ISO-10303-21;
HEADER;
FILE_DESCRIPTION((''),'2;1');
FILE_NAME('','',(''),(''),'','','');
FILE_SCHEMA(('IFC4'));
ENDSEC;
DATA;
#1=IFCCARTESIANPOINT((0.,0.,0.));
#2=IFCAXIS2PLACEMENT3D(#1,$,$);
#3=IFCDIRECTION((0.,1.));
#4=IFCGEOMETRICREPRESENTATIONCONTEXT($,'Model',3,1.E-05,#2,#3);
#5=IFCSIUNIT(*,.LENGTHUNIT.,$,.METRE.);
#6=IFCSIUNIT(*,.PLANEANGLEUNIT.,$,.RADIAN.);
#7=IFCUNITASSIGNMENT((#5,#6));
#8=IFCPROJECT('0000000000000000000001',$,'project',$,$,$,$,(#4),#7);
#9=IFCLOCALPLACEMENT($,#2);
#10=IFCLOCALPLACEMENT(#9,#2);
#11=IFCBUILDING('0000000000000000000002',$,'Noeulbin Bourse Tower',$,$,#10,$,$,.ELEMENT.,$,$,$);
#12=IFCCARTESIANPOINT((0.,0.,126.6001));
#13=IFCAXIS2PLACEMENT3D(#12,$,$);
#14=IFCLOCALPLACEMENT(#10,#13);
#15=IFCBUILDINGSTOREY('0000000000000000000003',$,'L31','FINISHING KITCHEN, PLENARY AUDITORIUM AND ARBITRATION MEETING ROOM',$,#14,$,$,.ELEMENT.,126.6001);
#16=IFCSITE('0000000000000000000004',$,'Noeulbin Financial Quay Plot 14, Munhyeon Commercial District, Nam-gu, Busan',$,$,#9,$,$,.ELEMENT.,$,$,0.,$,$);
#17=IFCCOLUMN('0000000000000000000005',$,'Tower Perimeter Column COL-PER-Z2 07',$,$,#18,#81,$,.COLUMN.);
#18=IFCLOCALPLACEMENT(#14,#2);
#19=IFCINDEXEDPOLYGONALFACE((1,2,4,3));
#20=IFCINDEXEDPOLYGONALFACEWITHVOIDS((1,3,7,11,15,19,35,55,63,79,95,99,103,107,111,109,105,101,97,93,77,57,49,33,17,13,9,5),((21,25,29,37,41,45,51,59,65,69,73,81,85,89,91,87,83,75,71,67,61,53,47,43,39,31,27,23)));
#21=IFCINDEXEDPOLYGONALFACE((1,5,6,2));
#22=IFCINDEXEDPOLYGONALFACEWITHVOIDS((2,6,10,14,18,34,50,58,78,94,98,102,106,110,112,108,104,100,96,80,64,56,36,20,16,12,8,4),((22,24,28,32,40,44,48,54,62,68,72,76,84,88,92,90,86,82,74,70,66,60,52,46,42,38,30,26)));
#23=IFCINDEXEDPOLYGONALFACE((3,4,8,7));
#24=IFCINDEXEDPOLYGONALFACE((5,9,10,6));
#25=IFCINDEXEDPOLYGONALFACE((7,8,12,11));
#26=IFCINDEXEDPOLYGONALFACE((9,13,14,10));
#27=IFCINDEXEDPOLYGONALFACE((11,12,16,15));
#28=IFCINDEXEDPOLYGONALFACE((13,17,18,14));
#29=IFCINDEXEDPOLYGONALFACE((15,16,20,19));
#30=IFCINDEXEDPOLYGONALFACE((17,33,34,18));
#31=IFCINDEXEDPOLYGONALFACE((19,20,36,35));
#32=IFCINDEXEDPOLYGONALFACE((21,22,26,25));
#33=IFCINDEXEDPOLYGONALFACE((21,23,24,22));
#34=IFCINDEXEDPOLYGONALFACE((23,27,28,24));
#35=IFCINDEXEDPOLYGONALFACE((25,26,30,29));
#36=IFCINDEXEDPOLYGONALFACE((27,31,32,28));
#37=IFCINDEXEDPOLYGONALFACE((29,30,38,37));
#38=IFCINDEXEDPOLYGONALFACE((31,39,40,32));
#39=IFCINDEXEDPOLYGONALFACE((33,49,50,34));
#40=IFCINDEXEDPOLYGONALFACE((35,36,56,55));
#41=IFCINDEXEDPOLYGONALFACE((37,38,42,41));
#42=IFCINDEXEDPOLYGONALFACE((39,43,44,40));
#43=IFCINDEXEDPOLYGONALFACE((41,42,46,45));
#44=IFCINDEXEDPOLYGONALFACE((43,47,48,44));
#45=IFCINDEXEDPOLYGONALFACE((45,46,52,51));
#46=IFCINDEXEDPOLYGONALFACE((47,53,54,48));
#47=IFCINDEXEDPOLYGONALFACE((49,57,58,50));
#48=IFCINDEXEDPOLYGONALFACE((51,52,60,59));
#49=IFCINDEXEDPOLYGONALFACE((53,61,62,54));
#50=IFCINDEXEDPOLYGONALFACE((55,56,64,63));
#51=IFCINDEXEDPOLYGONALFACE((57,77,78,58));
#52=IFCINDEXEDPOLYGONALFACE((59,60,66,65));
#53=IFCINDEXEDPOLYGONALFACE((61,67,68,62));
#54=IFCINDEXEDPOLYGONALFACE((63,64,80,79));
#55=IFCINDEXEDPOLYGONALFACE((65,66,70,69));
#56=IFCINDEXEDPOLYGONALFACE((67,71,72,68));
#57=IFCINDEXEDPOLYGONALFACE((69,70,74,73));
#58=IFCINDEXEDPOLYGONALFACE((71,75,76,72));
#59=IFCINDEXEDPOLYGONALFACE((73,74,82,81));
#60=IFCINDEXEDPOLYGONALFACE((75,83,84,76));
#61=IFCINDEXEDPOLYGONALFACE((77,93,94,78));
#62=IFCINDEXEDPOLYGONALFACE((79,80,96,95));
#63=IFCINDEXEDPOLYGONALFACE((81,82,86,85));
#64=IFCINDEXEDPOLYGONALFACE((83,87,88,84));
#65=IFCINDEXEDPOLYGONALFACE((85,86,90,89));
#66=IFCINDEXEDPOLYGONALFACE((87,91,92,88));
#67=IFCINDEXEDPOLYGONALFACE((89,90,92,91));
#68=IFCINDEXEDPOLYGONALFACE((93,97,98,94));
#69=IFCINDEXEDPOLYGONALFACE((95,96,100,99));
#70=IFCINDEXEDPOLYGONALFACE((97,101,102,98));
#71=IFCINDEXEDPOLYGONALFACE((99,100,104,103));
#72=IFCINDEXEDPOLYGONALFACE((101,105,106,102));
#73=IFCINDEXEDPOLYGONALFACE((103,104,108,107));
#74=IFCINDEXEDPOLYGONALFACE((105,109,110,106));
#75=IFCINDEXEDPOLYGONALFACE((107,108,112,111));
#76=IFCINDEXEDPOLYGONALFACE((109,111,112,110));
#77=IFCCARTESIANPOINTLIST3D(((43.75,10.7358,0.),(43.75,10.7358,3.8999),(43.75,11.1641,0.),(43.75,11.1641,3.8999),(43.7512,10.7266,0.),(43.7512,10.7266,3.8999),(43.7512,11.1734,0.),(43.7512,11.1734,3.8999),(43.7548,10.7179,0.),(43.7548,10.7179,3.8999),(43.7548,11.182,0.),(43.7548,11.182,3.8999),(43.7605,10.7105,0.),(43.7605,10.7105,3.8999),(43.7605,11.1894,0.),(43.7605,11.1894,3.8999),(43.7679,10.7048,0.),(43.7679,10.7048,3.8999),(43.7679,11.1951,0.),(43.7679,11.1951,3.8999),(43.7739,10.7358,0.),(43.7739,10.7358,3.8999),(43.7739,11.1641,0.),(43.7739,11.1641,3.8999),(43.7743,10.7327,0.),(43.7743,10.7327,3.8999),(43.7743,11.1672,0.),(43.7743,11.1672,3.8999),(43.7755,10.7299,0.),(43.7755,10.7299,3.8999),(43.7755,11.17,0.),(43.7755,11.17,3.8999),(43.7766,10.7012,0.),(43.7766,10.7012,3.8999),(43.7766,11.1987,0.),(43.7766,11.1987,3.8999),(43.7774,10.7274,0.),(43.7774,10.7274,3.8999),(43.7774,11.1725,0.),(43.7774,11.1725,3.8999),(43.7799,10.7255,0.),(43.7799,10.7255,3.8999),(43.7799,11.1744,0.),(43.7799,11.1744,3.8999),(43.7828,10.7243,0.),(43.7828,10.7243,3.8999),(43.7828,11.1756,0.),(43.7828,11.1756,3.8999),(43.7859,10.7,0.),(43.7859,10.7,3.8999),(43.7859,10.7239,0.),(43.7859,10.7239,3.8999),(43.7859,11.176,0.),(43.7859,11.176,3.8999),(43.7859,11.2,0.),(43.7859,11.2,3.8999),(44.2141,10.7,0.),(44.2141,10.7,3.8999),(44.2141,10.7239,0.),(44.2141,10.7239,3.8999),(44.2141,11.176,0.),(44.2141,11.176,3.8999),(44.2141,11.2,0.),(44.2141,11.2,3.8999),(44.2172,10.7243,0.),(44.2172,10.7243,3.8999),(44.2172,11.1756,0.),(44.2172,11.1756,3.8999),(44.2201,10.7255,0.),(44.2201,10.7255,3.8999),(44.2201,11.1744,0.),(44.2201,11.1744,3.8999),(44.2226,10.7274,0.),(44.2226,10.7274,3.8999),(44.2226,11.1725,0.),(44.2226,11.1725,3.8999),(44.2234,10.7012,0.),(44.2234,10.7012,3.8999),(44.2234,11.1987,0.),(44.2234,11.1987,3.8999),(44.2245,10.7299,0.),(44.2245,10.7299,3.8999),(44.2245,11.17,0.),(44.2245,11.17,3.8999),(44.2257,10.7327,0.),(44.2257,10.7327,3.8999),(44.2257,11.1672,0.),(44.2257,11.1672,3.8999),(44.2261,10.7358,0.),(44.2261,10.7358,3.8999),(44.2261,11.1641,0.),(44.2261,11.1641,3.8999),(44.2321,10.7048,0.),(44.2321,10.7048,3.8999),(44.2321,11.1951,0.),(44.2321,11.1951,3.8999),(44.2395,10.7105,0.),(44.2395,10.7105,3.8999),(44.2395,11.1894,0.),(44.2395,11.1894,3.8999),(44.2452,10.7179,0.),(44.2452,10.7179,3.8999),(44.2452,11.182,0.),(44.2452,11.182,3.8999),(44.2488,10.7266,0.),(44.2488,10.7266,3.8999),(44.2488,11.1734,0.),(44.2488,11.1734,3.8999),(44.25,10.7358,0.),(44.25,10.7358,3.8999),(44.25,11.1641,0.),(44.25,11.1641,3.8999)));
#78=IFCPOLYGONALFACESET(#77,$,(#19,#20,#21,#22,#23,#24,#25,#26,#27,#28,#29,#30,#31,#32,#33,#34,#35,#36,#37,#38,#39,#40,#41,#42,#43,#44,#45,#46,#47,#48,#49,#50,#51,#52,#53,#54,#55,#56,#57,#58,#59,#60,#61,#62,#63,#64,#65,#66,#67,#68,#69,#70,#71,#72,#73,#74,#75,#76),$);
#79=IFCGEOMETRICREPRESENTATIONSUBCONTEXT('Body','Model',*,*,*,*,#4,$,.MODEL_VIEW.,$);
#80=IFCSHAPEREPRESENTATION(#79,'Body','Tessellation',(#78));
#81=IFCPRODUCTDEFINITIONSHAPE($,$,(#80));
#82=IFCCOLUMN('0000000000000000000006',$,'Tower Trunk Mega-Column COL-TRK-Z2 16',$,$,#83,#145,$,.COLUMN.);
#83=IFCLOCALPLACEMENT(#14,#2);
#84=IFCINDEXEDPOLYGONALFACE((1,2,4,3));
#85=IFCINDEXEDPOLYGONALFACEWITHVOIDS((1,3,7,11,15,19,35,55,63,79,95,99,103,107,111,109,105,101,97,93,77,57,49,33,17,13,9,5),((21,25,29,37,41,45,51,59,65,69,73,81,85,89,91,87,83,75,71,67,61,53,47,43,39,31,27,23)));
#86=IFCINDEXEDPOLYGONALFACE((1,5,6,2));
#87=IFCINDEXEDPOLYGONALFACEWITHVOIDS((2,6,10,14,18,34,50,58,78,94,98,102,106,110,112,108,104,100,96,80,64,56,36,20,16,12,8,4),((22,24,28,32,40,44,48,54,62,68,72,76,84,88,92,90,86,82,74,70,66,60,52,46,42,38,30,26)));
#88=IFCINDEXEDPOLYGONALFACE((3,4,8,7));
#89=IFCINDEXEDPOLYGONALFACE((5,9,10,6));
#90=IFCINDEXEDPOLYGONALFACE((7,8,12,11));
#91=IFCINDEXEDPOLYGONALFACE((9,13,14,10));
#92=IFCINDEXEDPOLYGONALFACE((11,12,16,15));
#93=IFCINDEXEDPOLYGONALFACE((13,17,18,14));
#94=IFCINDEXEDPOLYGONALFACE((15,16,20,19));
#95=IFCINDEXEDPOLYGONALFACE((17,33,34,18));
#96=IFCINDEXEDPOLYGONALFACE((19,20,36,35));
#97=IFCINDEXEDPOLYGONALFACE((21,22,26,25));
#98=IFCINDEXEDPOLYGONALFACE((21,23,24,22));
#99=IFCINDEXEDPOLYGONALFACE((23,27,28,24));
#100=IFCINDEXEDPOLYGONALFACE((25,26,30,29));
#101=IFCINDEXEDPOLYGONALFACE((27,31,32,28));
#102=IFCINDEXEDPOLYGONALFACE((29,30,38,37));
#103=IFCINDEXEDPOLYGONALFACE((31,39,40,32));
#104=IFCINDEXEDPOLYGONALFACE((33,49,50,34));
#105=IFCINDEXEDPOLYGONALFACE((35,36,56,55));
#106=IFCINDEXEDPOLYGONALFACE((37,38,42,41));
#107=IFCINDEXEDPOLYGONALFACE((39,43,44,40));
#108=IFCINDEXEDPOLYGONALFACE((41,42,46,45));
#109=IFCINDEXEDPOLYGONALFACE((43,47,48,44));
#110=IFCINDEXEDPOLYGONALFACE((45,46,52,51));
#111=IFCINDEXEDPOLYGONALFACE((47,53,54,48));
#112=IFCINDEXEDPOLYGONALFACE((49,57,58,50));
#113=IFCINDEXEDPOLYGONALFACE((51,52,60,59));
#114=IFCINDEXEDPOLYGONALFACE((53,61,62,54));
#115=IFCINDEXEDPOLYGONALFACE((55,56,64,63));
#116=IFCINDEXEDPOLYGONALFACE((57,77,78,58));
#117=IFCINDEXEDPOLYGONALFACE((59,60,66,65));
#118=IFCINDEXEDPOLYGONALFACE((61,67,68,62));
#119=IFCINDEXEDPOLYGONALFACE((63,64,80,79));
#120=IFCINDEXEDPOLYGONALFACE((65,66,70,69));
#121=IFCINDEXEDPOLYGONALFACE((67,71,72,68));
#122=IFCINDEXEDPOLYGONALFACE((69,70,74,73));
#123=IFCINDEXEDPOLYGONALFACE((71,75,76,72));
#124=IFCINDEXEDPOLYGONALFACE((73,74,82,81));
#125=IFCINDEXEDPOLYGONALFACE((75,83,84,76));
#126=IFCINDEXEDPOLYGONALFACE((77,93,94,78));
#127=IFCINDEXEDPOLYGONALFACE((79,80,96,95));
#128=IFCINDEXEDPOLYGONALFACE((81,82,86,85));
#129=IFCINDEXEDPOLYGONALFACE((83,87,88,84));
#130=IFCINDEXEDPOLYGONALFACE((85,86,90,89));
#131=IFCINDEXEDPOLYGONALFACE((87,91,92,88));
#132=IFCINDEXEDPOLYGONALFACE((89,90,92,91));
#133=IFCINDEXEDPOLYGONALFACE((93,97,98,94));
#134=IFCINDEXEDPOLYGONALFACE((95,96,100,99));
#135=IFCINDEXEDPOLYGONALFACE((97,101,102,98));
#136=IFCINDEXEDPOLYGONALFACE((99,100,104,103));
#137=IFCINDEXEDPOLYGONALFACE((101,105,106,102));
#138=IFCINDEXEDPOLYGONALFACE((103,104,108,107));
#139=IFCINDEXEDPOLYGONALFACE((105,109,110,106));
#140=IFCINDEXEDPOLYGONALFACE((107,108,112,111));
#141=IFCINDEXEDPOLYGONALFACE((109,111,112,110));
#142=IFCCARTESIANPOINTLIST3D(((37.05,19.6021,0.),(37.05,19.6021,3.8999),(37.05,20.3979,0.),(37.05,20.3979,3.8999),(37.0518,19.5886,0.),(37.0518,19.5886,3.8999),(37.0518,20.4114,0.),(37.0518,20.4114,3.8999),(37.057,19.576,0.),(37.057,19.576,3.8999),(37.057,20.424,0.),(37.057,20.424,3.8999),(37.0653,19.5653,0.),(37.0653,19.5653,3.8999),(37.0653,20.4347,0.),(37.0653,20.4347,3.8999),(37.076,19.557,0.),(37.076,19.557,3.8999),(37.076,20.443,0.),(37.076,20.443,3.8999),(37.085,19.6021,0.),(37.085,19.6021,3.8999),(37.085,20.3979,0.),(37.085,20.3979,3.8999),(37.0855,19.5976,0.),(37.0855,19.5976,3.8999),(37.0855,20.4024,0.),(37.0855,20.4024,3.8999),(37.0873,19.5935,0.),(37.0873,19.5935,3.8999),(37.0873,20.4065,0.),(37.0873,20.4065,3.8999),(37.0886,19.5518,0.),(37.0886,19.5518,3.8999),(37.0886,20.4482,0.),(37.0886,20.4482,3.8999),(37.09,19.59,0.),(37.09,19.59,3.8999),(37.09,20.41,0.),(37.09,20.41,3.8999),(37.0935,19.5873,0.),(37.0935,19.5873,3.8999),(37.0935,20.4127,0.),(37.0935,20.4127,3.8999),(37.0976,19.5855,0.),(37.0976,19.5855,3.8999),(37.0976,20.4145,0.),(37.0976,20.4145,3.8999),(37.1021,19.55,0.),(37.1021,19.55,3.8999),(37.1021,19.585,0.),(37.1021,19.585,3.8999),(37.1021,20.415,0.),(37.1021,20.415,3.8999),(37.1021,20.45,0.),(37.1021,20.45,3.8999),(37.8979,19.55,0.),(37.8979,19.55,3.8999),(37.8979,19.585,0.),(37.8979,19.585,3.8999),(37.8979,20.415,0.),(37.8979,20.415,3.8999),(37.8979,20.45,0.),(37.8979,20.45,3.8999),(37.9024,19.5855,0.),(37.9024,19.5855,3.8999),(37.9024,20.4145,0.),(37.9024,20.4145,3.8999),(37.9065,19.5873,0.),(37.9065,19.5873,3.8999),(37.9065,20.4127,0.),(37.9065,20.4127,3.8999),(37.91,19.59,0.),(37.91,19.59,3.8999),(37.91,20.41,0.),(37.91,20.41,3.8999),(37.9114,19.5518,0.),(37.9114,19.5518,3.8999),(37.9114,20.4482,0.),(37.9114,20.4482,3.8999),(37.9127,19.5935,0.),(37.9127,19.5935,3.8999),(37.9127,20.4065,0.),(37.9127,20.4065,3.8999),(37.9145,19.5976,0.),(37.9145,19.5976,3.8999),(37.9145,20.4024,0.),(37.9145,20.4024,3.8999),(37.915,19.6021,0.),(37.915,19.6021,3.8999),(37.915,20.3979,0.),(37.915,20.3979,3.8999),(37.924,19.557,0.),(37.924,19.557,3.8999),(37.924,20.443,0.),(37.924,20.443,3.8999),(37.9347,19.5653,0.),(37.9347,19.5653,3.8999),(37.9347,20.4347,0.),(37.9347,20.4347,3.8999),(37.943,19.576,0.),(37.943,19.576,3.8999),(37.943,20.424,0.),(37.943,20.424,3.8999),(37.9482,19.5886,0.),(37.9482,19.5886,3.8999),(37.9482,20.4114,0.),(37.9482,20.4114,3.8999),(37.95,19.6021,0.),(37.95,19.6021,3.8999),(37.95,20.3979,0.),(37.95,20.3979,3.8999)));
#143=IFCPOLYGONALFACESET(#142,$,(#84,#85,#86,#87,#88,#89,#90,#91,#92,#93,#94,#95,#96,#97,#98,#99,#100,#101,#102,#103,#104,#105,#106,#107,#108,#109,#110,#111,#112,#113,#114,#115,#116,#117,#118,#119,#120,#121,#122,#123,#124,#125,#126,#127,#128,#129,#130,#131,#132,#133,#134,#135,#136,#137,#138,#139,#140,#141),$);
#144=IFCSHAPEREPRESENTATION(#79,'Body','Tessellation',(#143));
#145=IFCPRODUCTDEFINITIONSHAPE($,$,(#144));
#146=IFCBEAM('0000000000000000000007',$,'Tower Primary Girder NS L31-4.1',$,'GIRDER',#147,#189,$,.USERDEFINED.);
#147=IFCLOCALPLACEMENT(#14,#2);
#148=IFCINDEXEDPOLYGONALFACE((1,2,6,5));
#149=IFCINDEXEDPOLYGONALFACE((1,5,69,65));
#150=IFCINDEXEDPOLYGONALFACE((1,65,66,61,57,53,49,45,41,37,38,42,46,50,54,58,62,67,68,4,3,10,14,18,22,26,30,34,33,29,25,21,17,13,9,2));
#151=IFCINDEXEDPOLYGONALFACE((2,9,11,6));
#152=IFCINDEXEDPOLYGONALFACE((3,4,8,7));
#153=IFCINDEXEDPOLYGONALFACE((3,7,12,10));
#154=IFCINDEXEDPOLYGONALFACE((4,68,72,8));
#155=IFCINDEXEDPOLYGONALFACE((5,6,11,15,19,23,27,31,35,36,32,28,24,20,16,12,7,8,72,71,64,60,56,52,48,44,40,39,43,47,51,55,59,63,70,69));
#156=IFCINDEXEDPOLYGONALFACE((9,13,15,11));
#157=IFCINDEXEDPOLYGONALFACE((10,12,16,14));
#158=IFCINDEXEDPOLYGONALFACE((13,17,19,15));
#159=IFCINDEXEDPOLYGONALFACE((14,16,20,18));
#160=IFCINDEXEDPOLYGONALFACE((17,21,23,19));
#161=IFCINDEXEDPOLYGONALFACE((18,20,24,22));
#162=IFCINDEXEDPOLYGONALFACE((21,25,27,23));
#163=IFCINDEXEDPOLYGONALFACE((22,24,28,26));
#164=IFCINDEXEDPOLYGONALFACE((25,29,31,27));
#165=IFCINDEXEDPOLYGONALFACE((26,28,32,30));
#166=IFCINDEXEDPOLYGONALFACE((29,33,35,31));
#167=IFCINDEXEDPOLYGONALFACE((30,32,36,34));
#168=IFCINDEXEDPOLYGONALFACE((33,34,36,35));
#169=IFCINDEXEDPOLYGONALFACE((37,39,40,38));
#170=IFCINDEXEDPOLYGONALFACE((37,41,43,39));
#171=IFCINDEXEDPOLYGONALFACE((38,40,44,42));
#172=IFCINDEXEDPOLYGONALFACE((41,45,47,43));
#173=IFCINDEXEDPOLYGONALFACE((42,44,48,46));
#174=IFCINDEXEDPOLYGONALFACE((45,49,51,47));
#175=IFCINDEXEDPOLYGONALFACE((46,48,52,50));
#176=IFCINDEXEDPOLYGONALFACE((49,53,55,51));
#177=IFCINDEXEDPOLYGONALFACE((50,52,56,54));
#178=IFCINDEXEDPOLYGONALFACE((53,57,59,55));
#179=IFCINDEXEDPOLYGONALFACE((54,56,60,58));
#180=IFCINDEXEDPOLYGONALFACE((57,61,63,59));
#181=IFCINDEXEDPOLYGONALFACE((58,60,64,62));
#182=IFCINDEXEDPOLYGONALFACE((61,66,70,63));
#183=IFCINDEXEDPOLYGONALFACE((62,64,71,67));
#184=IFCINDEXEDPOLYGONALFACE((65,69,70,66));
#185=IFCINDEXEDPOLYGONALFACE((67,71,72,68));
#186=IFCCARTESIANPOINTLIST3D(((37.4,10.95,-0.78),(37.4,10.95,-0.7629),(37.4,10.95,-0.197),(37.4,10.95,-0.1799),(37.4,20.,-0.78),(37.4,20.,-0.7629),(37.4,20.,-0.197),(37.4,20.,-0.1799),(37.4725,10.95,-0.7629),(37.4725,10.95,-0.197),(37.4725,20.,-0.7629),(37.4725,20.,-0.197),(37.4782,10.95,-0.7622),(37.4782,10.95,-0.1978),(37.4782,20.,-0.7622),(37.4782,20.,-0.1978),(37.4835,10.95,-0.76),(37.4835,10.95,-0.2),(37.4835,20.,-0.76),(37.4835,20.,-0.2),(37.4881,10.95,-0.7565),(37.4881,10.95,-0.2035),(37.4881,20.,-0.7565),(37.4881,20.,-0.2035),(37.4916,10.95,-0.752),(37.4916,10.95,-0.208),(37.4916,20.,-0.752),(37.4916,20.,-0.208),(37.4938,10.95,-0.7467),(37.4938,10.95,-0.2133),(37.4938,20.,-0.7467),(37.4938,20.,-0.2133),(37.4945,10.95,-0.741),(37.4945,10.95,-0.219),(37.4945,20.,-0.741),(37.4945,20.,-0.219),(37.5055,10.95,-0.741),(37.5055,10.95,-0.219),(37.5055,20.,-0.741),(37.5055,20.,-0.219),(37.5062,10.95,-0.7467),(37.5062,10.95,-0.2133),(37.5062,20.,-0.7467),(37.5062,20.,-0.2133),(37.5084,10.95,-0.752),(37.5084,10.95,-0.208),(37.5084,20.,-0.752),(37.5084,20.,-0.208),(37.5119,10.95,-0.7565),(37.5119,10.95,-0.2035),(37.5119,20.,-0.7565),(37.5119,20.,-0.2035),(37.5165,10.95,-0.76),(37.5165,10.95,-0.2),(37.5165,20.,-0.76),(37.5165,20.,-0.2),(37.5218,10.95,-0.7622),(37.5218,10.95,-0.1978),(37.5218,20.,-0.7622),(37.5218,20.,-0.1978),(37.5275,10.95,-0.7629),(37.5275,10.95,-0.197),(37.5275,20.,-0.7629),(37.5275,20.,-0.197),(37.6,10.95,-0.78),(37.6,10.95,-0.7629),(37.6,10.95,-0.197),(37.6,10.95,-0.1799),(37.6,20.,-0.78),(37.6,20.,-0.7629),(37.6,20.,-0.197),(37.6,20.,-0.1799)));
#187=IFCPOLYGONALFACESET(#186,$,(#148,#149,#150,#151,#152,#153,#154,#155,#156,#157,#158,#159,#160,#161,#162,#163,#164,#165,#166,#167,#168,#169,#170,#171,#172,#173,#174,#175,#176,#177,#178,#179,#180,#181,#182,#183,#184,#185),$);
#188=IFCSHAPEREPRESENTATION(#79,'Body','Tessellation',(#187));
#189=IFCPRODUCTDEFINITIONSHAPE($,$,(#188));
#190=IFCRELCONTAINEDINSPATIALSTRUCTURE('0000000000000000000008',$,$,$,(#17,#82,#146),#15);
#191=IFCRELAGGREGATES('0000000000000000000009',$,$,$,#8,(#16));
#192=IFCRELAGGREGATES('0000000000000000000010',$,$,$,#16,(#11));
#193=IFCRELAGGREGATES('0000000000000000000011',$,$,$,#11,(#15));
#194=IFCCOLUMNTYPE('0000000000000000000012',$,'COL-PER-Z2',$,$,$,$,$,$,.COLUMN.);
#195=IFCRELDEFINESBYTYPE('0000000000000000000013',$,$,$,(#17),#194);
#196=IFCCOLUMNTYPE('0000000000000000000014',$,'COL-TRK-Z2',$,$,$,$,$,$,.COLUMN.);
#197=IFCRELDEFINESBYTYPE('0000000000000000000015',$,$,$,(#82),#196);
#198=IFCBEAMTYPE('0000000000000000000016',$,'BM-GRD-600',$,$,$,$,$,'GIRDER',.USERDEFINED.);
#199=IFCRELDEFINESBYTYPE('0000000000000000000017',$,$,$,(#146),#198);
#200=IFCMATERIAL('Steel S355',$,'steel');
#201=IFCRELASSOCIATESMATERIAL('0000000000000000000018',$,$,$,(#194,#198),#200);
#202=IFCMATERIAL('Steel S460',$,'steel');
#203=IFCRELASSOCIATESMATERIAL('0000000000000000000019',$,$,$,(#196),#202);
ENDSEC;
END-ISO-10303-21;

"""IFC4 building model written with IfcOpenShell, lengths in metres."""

from ifc_helpers import new_model, si_unit, direction, frame, origin, origin_2d, place, context, subcontext, project, spatial, hollow_rectangle, i_section, extrude, material, material_profile, profile_set, type_object, element, save


model = new_model("IFC4")

# Units and contexts
model_context = context("Model", 3, precision=1e-05, world=origin(), true_north=direction((0.0, 1.0)))
body_context = subcontext(model_context, "Body", "Model", "MODEL_VIEW")
ifc_project = project(units=[si_unit("LENGTHUNIT", "METRE"), si_unit("PLANEANGLEUNIT", "RADIAN")], contexts=[model_context])

# Site, building, storey
site_placement = place(None, origin())
site = spatial("IfcSite", under=ifc_project, at=site_placement, Name="Noeulbin Financial Quay Plot 14, Munhyeon Commercial District, Nam-gu, Busan", CompositionType="ELEMENT", RefElevation=0.0)
building_placement = place(site_placement, origin())
building = spatial("IfcBuilding", under=site, at=building_placement, Name="Noeulbin Bourse Tower", CompositionType="ELEMENT")
storey_placement = place(building_placement, frame((0.0, 0.0, 126.6001)))
storey = spatial("IfcBuildingStorey", under=building, at=storey_placement, Name="L31", Description="FINISHING KITCHEN, PLENARY AUDITORIUM AND ARBITRATION MEETING ROOM", CompositionType="ELEMENT", Elevation=126.6001)

# Columns
ifc_material_1 = material(Name="Steel S355", Category="steel")
ifc_material_profile_1 = material_profile(ifc_material_1, hollow_rectangle(XDim=0.5, YDim=0.5, WallThickness=0.0239, InnerFilletRadius=0.012, OuterFilletRadius=0.0359, at=origin_2d()), Name="BOX-500x500x24", Category="LoadBearing")
ifc_profile_set_1 = profile_set([ifc_material_profile_1], Name="Steel S355")
column_type_1 = type_object("IfcColumnType", Name="COL-PER-Z2", PredefinedType="COLUMN", material=ifc_profile_set_1)
column_1_placement = place(storey_placement, frame((44.0, 10.95, 0.0), z_axis=(0.0, 0.0, 1.0), x_axis=(1.0, 0.0, 0.0)))
element("IfcColumn", 1, at=column_1_placement, inside=storey, type_object=column_type_1, Name="Tower Perimeter Column COL-PER-Z2 07", PredefinedType="COLUMN", context=body_context, shape_type="SweptSolid", body=[
    extrude(hollow_rectangle(XDim=0.5, YDim=0.5, WallThickness=0.0239, InnerFilletRadius=0.012, OuterFilletRadius=0.0359, at=origin_2d()), origin(), (0.0, 0.0, 1.0), 3.8999),
])
ifc_material_2 = material(Name="Steel S460", Category="steel")
ifc_material_profile_2 = material_profile(ifc_material_2, hollow_rectangle(XDim=0.8999, YDim=0.8999, WallThickness=0.0349, InnerFilletRadius=0.0171, OuterFilletRadius=0.052, at=origin_2d()), Name="BOX-900x900x35", Category="LoadBearing")
ifc_profile_set_2 = profile_set([ifc_material_profile_2], Name="Steel S460")
column_type_2 = type_object("IfcColumnType", Name="COL-TRK-Z2", PredefinedType="COLUMN", material=ifc_profile_set_2)
column_2_placement = place(storey_placement, frame((37.5, 20.0, 0.0), z_axis=(0.0, 0.0, 1.0), x_axis=(1.0, 0.0, 0.0)))
element("IfcColumn", 2, at=column_2_placement, inside=storey, type_object=column_type_2, Name="Tower Trunk Mega-Column COL-TRK-Z2 16", PredefinedType="COLUMN", context=body_context, shape_type="SweptSolid", body=[
    extrude(hollow_rectangle(XDim=0.8999, YDim=0.8999, WallThickness=0.0349, InnerFilletRadius=0.0171, OuterFilletRadius=0.052, at=origin_2d()), origin(), (0.0, 0.0, 1.0), 3.8999),
])

# Beam
ifc_material_profile_3 = material_profile(ifc_material_1, i_section(OverallWidth=0.2, OverallDepth=0.6001, WebThickness=0.011, FlangeThickness=0.0171, FilletRadius=0.022, at=origin_2d()), Name="H-600x200x11x17", Category="LoadBearing")
ifc_profile_set_3 = profile_set([ifc_material_profile_3], Name="Steel S355")
beam_type_1 = type_object("IfcBeamType", Name="BM-GRD-600", ElementType="GIRDER", PredefinedType="USERDEFINED", material=ifc_profile_set_3)
beam_1_placement = place(storey_placement, frame((37.5, 10.95, -0.48), z_axis=(0.0, 1.0, 0.0), x_axis=(-1.0, 0.0, 0.0)))
element("IfcBeam", 3, at=beam_1_placement, inside=storey, type_object=beam_type_1, Name="Tower Primary Girder NS L31-4.1", ObjectType="GIRDER", PredefinedType="USERDEFINED", context=body_context, shape_type="SweptSolid", body=[
    extrude(i_section(OverallWidth=0.2, OverallDepth=0.6001, WebThickness=0.011, FlangeThickness=0.0171, FilletRadius=0.022, at=origin_2d()), origin(), (0.0, 0.0, 1.0), 9.05),
])

save(model, "model.ifc")
